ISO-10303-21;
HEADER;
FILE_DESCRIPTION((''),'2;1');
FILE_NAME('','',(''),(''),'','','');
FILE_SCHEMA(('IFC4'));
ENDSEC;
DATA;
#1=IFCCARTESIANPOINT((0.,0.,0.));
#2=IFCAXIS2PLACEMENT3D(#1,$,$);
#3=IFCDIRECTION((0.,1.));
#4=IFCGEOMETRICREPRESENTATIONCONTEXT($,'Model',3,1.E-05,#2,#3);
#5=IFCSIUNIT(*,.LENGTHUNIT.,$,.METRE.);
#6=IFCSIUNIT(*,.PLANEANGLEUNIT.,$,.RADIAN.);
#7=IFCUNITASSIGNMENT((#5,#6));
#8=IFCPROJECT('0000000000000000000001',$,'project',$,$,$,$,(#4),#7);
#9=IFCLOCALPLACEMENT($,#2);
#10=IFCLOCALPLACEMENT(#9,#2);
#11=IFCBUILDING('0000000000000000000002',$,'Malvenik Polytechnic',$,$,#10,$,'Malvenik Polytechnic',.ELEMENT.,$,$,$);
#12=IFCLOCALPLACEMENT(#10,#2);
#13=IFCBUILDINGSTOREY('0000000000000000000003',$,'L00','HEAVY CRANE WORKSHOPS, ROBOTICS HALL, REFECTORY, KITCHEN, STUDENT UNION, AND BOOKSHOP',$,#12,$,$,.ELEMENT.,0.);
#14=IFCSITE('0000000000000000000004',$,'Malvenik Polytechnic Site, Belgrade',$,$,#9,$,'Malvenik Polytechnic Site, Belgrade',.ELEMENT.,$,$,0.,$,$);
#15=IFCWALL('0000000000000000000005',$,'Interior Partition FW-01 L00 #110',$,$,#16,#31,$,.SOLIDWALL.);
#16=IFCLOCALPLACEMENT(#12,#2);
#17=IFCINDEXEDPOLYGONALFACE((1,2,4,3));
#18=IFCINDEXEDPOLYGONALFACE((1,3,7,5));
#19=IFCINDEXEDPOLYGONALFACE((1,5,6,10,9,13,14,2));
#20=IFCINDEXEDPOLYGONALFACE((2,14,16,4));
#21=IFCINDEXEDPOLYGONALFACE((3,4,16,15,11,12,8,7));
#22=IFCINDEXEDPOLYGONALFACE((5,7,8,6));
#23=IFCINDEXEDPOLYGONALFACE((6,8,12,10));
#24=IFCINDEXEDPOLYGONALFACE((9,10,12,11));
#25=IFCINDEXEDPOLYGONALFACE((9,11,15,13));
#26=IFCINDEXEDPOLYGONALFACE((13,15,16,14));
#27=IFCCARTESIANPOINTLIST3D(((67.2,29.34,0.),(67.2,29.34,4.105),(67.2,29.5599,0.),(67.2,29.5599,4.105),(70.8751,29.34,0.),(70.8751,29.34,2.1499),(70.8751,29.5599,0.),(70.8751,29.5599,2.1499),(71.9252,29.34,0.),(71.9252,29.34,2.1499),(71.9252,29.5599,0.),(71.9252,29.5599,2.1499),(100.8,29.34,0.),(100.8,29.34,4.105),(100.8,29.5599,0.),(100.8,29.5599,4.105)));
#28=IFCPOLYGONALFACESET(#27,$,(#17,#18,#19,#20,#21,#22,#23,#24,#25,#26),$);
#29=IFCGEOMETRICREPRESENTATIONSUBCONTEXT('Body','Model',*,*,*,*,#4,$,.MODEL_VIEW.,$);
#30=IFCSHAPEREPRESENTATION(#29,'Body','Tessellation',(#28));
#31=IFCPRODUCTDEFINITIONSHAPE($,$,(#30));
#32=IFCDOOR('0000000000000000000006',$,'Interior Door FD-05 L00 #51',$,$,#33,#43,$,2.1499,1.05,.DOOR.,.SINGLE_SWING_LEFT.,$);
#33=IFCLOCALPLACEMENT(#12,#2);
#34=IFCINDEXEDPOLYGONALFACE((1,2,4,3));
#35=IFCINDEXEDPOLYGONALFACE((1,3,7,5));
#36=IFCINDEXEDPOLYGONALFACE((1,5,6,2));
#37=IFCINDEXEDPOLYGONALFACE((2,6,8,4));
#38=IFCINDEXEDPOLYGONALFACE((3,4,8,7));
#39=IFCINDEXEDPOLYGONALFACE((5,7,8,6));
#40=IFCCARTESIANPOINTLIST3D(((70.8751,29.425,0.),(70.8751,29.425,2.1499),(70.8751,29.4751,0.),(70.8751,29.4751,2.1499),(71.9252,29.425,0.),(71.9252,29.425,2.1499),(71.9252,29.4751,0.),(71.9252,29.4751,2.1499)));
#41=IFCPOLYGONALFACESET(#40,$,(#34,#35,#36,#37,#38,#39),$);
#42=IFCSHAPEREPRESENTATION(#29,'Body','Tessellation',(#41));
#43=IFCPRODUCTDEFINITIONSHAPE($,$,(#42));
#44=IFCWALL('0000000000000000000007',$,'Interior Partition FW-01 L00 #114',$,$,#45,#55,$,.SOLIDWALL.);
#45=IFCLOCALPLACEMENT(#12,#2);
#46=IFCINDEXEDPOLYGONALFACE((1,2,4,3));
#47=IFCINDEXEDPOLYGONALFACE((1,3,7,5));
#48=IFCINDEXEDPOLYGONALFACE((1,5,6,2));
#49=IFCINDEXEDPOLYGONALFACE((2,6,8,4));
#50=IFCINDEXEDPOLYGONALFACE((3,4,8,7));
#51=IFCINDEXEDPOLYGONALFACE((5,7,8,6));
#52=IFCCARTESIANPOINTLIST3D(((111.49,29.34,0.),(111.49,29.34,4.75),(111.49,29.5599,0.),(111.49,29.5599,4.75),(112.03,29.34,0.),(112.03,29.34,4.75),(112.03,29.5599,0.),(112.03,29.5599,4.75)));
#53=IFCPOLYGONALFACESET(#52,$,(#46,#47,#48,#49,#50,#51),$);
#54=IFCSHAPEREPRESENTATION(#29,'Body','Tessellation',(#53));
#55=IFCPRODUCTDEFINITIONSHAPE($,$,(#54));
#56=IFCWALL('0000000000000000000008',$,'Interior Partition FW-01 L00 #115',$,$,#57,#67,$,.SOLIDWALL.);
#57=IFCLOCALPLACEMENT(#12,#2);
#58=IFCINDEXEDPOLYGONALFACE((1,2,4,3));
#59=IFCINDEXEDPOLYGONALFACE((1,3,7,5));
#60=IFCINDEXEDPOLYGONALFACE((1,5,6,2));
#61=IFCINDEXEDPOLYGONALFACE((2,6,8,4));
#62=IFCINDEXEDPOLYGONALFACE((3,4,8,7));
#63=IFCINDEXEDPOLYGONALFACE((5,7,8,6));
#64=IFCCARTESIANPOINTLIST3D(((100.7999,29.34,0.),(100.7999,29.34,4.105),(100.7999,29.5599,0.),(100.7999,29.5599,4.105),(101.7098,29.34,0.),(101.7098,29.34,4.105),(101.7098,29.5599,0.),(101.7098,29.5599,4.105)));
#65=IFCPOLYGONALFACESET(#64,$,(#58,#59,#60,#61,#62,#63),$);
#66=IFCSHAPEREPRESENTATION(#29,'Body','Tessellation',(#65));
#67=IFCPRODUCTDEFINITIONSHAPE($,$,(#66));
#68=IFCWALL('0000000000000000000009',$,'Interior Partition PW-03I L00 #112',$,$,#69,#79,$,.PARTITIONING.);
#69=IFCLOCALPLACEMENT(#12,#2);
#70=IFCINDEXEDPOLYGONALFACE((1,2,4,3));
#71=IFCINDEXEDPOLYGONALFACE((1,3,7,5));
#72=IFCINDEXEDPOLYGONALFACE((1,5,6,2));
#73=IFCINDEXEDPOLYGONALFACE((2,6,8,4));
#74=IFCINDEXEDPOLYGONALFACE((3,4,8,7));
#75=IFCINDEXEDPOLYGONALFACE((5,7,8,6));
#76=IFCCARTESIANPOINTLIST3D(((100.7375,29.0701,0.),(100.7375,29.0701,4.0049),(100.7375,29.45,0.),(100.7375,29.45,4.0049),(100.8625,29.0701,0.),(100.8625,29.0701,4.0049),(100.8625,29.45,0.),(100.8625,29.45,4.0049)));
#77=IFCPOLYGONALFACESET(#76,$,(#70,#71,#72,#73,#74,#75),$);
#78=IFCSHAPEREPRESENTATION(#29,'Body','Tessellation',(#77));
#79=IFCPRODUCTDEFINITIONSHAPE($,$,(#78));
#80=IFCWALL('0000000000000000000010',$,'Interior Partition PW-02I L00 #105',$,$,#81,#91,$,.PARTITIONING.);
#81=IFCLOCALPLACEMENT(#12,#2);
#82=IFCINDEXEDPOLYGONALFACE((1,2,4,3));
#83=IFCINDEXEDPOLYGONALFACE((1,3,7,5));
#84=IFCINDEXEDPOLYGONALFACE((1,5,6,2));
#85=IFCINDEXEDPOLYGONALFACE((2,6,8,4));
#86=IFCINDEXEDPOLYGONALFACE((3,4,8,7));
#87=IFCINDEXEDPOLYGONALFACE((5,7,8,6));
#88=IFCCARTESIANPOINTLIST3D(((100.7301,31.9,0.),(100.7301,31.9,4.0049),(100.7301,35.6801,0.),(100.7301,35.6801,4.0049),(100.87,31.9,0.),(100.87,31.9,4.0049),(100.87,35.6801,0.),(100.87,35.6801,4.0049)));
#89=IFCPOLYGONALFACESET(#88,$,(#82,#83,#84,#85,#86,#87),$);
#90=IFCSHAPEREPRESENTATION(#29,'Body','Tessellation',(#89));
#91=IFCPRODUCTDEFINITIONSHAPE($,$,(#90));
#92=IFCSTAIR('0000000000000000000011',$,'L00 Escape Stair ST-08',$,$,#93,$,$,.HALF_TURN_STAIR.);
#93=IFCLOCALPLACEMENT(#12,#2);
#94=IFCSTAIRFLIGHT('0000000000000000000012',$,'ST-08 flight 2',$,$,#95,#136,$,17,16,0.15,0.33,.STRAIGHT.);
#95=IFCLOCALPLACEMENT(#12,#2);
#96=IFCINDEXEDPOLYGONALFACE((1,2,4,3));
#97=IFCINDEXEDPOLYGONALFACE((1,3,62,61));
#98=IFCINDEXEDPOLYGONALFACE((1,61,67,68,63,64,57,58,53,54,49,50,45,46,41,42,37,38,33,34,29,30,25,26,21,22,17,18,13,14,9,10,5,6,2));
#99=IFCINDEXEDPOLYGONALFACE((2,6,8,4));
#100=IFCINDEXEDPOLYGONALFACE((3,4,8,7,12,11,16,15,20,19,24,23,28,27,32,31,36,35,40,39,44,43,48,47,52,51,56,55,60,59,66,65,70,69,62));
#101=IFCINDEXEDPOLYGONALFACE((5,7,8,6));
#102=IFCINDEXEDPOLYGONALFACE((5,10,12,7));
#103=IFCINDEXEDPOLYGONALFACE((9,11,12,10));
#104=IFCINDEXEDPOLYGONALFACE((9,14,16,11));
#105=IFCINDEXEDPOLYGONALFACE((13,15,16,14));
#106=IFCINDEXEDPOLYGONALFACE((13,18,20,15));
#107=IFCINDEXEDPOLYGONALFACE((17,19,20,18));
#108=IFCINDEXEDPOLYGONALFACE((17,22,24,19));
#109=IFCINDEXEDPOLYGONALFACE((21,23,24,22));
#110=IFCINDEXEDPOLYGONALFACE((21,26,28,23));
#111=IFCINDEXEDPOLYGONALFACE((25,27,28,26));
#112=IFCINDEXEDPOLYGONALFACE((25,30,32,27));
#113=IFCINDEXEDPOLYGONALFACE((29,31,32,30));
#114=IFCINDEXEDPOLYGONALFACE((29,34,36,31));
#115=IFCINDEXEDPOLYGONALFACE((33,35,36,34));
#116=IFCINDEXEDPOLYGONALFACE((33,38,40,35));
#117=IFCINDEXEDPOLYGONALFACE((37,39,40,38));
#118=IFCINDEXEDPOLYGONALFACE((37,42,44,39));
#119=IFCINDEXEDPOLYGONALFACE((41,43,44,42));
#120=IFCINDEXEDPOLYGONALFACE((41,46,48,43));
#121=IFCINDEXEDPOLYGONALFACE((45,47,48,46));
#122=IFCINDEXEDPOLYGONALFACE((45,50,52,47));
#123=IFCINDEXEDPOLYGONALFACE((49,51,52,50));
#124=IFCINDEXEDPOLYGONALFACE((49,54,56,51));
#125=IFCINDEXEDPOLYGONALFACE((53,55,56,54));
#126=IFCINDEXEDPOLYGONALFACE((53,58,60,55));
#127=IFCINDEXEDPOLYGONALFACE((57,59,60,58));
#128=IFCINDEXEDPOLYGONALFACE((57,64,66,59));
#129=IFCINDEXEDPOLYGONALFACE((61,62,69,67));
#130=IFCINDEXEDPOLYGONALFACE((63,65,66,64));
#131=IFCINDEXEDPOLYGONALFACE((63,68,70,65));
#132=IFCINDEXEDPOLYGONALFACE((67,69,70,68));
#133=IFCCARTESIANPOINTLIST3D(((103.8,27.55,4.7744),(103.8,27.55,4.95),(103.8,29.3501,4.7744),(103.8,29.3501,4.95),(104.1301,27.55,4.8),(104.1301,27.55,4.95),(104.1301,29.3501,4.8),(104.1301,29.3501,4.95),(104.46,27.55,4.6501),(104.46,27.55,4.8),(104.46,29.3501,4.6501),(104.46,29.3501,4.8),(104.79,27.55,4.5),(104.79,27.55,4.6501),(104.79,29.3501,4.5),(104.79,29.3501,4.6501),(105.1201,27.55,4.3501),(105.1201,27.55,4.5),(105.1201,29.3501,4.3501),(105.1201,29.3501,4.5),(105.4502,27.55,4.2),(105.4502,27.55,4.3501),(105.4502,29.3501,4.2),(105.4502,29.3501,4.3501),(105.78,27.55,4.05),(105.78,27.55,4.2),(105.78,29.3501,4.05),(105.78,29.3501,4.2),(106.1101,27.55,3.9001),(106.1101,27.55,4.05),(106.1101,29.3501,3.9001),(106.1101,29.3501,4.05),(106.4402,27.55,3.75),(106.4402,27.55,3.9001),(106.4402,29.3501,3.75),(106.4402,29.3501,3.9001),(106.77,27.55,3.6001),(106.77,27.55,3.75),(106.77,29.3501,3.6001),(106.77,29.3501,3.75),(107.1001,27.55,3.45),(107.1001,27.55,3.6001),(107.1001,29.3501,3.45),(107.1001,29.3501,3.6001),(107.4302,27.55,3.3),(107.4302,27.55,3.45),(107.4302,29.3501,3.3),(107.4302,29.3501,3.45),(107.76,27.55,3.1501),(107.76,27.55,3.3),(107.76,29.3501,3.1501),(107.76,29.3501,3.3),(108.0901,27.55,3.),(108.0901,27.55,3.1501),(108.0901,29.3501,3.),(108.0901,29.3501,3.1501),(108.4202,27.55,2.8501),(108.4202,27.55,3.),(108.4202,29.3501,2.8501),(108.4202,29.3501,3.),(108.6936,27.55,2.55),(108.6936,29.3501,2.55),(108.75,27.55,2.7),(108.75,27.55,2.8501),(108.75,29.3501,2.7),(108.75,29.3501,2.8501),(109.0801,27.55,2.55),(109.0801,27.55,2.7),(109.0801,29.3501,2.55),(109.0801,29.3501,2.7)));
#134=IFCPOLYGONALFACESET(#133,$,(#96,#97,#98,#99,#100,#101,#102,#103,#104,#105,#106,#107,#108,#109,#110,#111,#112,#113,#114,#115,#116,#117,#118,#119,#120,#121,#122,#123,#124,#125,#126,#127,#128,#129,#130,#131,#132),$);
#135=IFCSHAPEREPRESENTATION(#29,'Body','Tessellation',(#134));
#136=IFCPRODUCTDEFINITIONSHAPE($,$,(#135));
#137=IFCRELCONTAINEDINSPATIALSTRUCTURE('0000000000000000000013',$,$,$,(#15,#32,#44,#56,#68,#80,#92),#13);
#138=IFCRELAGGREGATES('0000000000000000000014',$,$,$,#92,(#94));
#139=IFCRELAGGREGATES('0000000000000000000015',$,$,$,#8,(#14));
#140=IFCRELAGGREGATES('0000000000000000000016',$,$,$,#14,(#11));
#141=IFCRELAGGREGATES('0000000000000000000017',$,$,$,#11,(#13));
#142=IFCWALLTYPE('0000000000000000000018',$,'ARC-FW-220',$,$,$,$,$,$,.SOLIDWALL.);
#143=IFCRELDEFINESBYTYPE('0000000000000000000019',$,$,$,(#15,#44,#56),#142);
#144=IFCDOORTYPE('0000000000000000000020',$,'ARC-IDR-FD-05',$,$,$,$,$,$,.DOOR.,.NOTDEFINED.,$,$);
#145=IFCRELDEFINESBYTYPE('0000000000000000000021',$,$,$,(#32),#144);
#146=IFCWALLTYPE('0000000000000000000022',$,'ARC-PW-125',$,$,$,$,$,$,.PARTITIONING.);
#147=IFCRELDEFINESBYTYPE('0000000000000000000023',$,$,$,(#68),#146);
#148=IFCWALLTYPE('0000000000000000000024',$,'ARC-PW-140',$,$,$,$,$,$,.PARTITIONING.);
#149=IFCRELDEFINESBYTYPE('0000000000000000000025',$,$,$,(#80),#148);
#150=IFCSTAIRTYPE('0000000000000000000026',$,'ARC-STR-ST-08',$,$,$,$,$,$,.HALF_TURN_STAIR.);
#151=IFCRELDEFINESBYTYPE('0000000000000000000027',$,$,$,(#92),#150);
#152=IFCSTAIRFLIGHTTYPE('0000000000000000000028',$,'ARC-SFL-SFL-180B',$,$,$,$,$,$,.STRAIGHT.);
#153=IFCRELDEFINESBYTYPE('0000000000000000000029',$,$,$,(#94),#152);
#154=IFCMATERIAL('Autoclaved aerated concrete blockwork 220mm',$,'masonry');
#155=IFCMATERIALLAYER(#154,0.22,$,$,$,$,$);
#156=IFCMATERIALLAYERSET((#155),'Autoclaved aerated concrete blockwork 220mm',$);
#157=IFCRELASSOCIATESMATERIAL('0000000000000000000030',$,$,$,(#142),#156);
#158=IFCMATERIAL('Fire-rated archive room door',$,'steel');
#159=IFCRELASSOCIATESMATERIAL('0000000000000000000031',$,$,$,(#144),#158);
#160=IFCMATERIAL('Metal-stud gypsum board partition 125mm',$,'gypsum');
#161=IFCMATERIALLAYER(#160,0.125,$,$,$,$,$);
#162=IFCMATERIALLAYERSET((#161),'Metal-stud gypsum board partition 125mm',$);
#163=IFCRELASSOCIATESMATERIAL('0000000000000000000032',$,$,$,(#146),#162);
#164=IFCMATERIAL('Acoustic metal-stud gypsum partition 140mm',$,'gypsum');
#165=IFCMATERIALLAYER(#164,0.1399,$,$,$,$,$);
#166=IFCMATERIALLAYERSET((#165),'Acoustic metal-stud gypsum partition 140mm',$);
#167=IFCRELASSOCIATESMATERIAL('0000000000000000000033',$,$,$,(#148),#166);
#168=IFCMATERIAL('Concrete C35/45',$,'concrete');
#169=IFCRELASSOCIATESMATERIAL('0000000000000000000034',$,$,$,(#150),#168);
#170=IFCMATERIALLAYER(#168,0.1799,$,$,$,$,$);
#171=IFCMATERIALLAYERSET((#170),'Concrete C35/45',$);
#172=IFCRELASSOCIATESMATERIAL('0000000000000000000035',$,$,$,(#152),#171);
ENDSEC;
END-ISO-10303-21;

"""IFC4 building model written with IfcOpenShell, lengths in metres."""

from ifc_helpers import new_model, si_unit, direction, frame, frame_2d, origin, place, context, subcontext, project, spatial, polyline, rectangle, outline, extrude, material, layer, layer_set, type_object, element, fill, aggregate, save


model = new_model("IFC4")

# Units and contexts
model_context = context("Model", 3, precision=1e-05, world=origin(), true_north=direction((0.0, 1.0)))
body_context = subcontext(model_context, "Body", "Model", "MODEL_VIEW")
ifc_project = project(units=[si_unit("LENGTHUNIT", "METRE"), si_unit("PLANEANGLEUNIT", "RADIAN")], contexts=[model_context])

# Site, building, storey
site_placement = place(None, origin())
site = spatial("IfcSite", under=ifc_project, at=site_placement, Name="Malvenik Polytechnic Site, Belgrade", LongName="Malvenik Polytechnic Site, Belgrade", CompositionType="ELEMENT", RefElevation=0.0)
building_placement = place(site_placement, origin())
building = spatial("IfcBuilding", under=site, at=building_placement, Name="Malvenik Polytechnic", LongName="Malvenik Polytechnic", CompositionType="ELEMENT")
storey_placement = place(building_placement, origin())
storey = spatial("IfcBuildingStorey", under=building, at=storey_placement, Name="L00", Description="HEAVY CRANE WORKSHOPS, ROBOTICS HALL, REFECTORY, KITCHEN, STUDENT UNION, AND BOOKSHOP", CompositionType="ELEMENT", Elevation=0.0)

# Shared definitions
ifc_material_1 = material(Name="Concrete C35/45", Category="concrete")

# Wall, opening, door
ifc_material_2 = material(Name="Autoclaved aerated concrete blockwork 220mm", Category="masonry")
ifc_layer_1 = layer(ifc_material_2, 0.22)
ifc_layer_set_1 = layer_set([ifc_layer_1], Name="Autoclaved aerated concrete blockwork 220mm")
wall_type_1 = type_object("IfcWallType", Name="ARC-FW-220", PredefinedType="SOLIDWALL", material=ifc_layer_set_1)
wall_1_placement = place(storey_placement, frame((100.8, 29.45, 0.0), z_axis=(0.0, 0.0, 1.0), x_axis=(-1.0, 0.0, 0.0)))
wall_1 = element("IfcWall", 1, at=wall_1_placement, inside=storey, type_object=wall_type_1, Name="Interior Partition FW-01 L00 #110", PredefinedType="SOLIDWALL", context=body_context, shape_type="SweptSolid", body=[
    extrude(rectangle(XDim=33.6001, YDim=0.22, at=frame_2d((16.8, 0.0))), origin(), (0.0, 0.0, 1.0), 4.105),
])
opening_1_placement = place(wall_1_placement, frame((28.875, 0.0, 0.0)))
opening_1 = element("IfcOpeningElement", 2, at=opening_1_placement, cuts=wall_1, PredefinedType="OPENING", context=body_context, shape_type="SweptSolid", body=[
    extrude(rectangle(XDim=1.05, YDim=2.1499, at=frame_2d((0.5249, 1.075))), frame((0.0, 0.1201, 0.0), z_axis=(0.0, -1.0, 0.0), x_axis=(1.0, 0.0, 0.0)), (0.0, 0.0, 1.0), 0.24),
])
ifc_material_3 = material(Name="Fire-rated archive room door", Category="steel")
door_type_1 = type_object("IfcDoorType", Name="ARC-IDR-FD-05", OperationType="NOTDEFINED", PredefinedType="DOOR", material=ifc_material_3)
door_1_placement = place(opening_1_placement, origin())
door_1 = element("IfcDoor", 3, at=door_1_placement, inside=storey, type_object=door_type_1, Name="Interior Door FD-05 L00 #51", OperationType="SINGLE_SWING_LEFT", OverallHeight=2.1499, OverallWidth=1.05, PredefinedType="DOOR", context=body_context, shape_type="SweptSolid", body=[
    extrude(rectangle(XDim=1.05, YDim=2.1499, at=frame_2d((0.5249, 1.075))), frame((0.0, 0.0249, 0.0), z_axis=(0.0, -1.0, 0.0), x_axis=(1.0, 0.0, 0.0)), (0.0, 0.0, 1.0), 0.05),
])
fill(opening_1, door_1)

# Walls
wall_2_placement = place(storey_placement, frame((112.03, 29.45, 0.0), z_axis=(0.0, 0.0, 1.0), x_axis=(-1.0, 0.0, 0.0)))
element("IfcWall", 4, at=wall_2_placement, inside=storey, type_object=wall_type_1, Name="Interior Partition FW-01 L00 #114", PredefinedType="SOLIDWALL", context=body_context, shape_type="SweptSolid", body=[
    extrude(rectangle(XDim=0.54, YDim=0.22, at=frame_2d((0.27, 0.0))), origin(), (0.0, 0.0, 1.0), 4.75),
])
wall_3_placement = place(storey_placement, frame((101.71, 29.45, 0.0), z_axis=(0.0, 0.0, 1.0), x_axis=(-1.0, 0.0, 0.0)))
element("IfcWall", 5, at=wall_3_placement, inside=storey, type_object=wall_type_1, Name="Interior Partition FW-01 L00 #115", PredefinedType="SOLIDWALL", context=body_context, shape_type="SweptSolid", body=[
    extrude(rectangle(XDim=0.9099, YDim=0.22, at=frame_2d((0.4551, 0.0))), origin(), (0.0, 0.0, 1.0), 4.105),
])
ifc_material_4 = material(Name="Metal-stud gypsum board partition 125mm", Category="gypsum")
ifc_layer_2 = layer(ifc_material_4, 0.125)
ifc_layer_set_2 = layer_set([ifc_layer_2], Name="Metal-stud gypsum board partition 125mm")
wall_type_2 = type_object("IfcWallType", Name="ARC-PW-125", PredefinedType="PARTITIONING", material=ifc_layer_set_2)
wall_4_placement = place(storey_placement, frame((100.8, 29.0701, 0.0), z_axis=(0.0, 0.0, 1.0), x_axis=(0.0, 1.0, 0.0)))
element("IfcWall", 6, at=wall_4_placement, inside=storey, type_object=wall_type_2, Name="Interior Partition PW-03I L00 #112", PredefinedType="PARTITIONING", context=body_context, shape_type="SweptSolid", body=[
    extrude(rectangle(XDim=0.3799, YDim=0.125, at=frame_2d((0.1899, 0.0))), origin(), (0.0, 0.0, 1.0), 4.0049),
])
ifc_material_5 = material(Name="Acoustic metal-stud gypsum partition 140mm", Category="gypsum")
ifc_layer_3 = layer(ifc_material_5, 0.1399)
ifc_layer_set_3 = layer_set([ifc_layer_3], Name="Acoustic metal-stud gypsum partition 140mm")
wall_type_3 = type_object("IfcWallType", Name="ARC-PW-140", PredefinedType="PARTITIONING", material=ifc_layer_set_3)
wall_5_placement = place(storey_placement, frame((100.8, 31.8999, 0.0), z_axis=(0.0, 0.0, 1.0), x_axis=(0.0, 1.0, 0.0)))
element("IfcWall", 7, at=wall_5_placement, inside=storey, type_object=wall_type_3, Name="Interior Partition PW-02I L00 #105", PredefinedType="PARTITIONING", context=body_context, shape_type="SweptSolid", body=[
    extrude(rectangle(XDim=3.78, YDim=0.1399, at=frame_2d((1.8901, 0.0))), origin(), (0.0, 0.0, 1.0), 4.0049),
])

# Stair, stair flight
stair_type = type_object("IfcStairType", Name="ARC-STR-ST-08", PredefinedType="HALF_TURN_STAIR", material=ifc_material_1)
stair_placement = place(storey_placement, origin())
stair = element("IfcStair", 8, at=stair_placement, inside=storey, type_object=stair_type, Name="L00 Escape Stair ST-08", PredefinedType="HALF_TURN_STAIR")
ifc_layer_4 = layer(ifc_material_1, 0.1799)
ifc_layer_set_4 = layer_set([ifc_layer_4], Name="Concrete C35/45")
stair_flight_type = type_object("IfcStairFlightType", Name="ARC-SFL-SFL-180B", PredefinedType="STRAIGHT", material=ifc_layer_set_4)
stair_flight_placement = place(storey_placement, frame((109.0801, 28.45, 2.55), z_axis=(0.0, 0.0, 1.0), x_axis=(-1.0, 0.0, 0.0)))
stair_flight = element("IfcStairFlight", 9, at=stair_flight_placement, type_object=stair_flight_type, Name="ST-08 flight 2", NumberOfRisers=17, NumberOfTreads=16, PredefinedType="STRAIGHT", RiserHeight=0.15, TreadLength=0.33, context=body_context, shape_type="SweptSolid", body=[
    extrude(outline(polyline([(0.0, 0.0), (0.0, 0.1499), (0.3301, 0.1499), (0.3301, 0.3), (0.6599, 0.3), (0.6599, 0.45), (0.99, 0.45), (0.99, 0.6001), (1.3201, 0.6001), (1.3201, 0.75), (1.6499, 0.75), (1.6499, 0.8999), (1.98, 0.8999), (1.98, 1.05), (2.3101, 1.05), (2.3101, 1.2), (2.6399, 1.2), (2.6399, 1.3501), (2.97, 1.3501), (2.97, 1.5), (3.3, 1.5), (3.3, 1.6499), (3.6299, 1.6499), (3.6299, 1.8), (3.96, 1.8), (3.96, 1.95), (4.29, 1.95), (4.29, 2.1001), (4.6201, 2.1001), (4.6201, 2.25), (4.95, 2.25), (4.95, 2.3999), (5.28, 2.3999), (5.28, 2.55), (5.28, 2.2244), (0.3865, 0.0), (0.0, 0.0)])), frame((0.0, 0.8999, 0.0), z_axis=(0.0, -1.0, 0.0), x_axis=(1.0, 0.0, 0.0)), (0.0, 0.0, 1.0), 1.8),
])
aggregate(stair, [stair_flight])

save(model, "model.ifc")
